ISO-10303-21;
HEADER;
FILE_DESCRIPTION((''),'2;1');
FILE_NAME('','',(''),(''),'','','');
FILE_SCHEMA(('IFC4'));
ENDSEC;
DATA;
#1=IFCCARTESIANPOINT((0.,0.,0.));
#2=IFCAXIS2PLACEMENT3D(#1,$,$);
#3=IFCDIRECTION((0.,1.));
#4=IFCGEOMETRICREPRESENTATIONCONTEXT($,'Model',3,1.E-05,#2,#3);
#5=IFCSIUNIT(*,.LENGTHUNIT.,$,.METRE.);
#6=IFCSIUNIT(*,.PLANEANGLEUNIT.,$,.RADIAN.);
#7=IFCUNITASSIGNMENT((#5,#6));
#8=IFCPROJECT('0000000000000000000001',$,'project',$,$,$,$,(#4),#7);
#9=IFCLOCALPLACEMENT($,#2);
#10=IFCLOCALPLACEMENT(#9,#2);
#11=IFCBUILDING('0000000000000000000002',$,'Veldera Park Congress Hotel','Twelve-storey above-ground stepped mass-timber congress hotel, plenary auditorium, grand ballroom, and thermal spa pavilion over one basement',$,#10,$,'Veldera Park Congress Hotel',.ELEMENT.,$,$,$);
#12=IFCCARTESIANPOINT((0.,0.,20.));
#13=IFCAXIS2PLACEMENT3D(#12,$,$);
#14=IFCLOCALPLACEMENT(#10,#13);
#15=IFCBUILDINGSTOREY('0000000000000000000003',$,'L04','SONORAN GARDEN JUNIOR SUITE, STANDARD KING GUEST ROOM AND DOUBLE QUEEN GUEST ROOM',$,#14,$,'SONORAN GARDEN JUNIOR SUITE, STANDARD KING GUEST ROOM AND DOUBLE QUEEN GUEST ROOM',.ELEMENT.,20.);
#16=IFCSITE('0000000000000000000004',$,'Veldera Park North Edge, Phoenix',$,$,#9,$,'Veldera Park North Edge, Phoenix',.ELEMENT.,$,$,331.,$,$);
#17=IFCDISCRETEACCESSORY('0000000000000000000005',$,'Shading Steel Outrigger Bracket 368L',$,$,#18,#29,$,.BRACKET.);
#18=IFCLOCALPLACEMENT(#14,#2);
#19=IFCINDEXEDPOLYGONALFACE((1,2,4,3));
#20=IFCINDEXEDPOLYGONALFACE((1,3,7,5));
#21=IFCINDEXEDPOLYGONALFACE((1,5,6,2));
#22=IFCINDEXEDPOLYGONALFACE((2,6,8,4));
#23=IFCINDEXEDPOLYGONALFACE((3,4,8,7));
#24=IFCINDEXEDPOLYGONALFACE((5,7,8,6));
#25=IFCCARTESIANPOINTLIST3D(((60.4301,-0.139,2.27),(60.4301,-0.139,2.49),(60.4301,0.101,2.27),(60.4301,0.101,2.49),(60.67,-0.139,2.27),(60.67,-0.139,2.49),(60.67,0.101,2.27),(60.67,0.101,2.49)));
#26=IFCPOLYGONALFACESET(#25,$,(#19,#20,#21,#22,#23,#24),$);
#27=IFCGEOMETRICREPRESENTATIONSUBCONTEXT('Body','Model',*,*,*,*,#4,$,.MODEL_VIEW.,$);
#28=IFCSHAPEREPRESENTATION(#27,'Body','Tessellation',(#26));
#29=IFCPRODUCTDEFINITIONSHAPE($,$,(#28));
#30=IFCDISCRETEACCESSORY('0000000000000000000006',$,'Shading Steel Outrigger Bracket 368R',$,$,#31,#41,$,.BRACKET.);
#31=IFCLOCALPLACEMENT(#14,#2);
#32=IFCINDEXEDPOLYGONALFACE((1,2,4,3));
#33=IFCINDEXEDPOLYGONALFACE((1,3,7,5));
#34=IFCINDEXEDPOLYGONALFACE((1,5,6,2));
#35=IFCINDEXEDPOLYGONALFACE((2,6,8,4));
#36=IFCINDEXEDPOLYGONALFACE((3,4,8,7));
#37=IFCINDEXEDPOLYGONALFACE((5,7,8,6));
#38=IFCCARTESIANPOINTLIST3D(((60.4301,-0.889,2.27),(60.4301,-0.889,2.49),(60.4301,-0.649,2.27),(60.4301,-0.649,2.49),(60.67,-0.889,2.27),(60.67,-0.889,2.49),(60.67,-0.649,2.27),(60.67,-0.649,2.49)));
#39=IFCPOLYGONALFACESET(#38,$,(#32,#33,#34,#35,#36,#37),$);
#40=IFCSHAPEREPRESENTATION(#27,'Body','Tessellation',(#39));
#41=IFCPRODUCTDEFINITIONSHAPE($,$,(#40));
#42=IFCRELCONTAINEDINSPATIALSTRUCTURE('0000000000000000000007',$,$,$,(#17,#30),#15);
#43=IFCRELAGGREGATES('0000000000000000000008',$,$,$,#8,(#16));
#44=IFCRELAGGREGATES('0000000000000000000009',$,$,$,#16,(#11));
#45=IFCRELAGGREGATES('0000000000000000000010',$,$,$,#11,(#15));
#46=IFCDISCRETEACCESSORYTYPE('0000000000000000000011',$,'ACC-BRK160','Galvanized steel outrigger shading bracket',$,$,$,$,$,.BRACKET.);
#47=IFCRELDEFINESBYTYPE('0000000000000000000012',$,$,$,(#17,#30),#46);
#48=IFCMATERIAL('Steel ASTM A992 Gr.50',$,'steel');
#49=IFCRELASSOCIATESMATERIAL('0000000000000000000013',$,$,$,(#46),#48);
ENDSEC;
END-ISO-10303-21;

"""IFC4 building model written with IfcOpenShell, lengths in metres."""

from ifc_helpers import new_model, si_unit, direction, frame, origin, origin_2d, place, context, subcontext, project, spatial, rectangle, extrude, material, type_object, element, save


model = new_model("IFC4")

# Units and contexts
model_context = context("Model", 3, precision=1e-05, world=origin(), true_north=direction((0.0, 1.0)))
body_context = subcontext(model_context, "Body", "Model", "MODEL_VIEW")
ifc_project = project(units=[si_unit("LENGTHUNIT", "METRE"), si_unit("PLANEANGLEUNIT", "RADIAN")], contexts=[model_context])

# Site, building, storey
site_placement = place(None, origin())
site = spatial("IfcSite", under=ifc_project, at=site_placement, Name="Veldera Park North Edge, Phoenix", LongName="Veldera Park North Edge, Phoenix", CompositionType="ELEMENT", RefElevation=331.0)
building_placement = place(site_placement, origin())
building = spatial("IfcBuilding", under=site, at=building_placement, Name="Veldera Park Congress Hotel", Description="Twelve-storey above-ground stepped mass-timber congress hotel, plenary auditorium, grand ballroom, and thermal spa pavilion over one basement", LongName="Veldera Park Congress Hotel", CompositionType="ELEMENT")
storey_placement = place(building_placement, frame((0.0, 0.0, 20.0)))
storey = spatial("IfcBuildingStorey", under=building, at=storey_placement, Name="L04", Description="SONORAN GARDEN JUNIOR SUITE, STANDARD KING GUEST ROOM AND DOUBLE QUEEN GUEST ROOM", LongName="SONORAN GARDEN JUNIOR SUITE, STANDARD KING GUEST ROOM AND DOUBLE QUEEN GUEST ROOM", CompositionType="ELEMENT", Elevation=20.0)

# Discrete accessories
ifc_material_1 = material(Name="Steel ASTM A992 Gr.50", Category="steel")
discrete_accessory_type = type_object("IfcDiscreteAccessoryType", Name="ACC-BRK160", Description="Galvanized steel outrigger shading bracket", PredefinedType="BRACKET", material=ifc_material_1)
for number, where, z_axis, x_axis, name in (
    (1, (60.55, -0.019, 2.27), (0.0, 0.0, 1.0), (0.0, -1.0, 0.0), "Shading Steel Outrigger Bracket 368L"),
    (2, (60.55, -0.769, 2.27), (0.0, 0.0, 1.0), (0.0, -1.0, 0.0), "Shading Steel Outrigger Bracket 368R"),
):
    element("IfcDiscreteAccessory", number, at=place(storey_placement, frame(where, z_axis=z_axis, x_axis=x_axis)), inside=storey, type_object=discrete_accessory_type, Name=name, PredefinedType="BRACKET", context=body_context, shape_type="SweptSolid", body=[
        extrude(rectangle(XDim=0.24, YDim=0.24, at=origin_2d()), origin(), (0.0, 0.0, 1.0), 0.22),
    ])

save(model, "model.ifc")
